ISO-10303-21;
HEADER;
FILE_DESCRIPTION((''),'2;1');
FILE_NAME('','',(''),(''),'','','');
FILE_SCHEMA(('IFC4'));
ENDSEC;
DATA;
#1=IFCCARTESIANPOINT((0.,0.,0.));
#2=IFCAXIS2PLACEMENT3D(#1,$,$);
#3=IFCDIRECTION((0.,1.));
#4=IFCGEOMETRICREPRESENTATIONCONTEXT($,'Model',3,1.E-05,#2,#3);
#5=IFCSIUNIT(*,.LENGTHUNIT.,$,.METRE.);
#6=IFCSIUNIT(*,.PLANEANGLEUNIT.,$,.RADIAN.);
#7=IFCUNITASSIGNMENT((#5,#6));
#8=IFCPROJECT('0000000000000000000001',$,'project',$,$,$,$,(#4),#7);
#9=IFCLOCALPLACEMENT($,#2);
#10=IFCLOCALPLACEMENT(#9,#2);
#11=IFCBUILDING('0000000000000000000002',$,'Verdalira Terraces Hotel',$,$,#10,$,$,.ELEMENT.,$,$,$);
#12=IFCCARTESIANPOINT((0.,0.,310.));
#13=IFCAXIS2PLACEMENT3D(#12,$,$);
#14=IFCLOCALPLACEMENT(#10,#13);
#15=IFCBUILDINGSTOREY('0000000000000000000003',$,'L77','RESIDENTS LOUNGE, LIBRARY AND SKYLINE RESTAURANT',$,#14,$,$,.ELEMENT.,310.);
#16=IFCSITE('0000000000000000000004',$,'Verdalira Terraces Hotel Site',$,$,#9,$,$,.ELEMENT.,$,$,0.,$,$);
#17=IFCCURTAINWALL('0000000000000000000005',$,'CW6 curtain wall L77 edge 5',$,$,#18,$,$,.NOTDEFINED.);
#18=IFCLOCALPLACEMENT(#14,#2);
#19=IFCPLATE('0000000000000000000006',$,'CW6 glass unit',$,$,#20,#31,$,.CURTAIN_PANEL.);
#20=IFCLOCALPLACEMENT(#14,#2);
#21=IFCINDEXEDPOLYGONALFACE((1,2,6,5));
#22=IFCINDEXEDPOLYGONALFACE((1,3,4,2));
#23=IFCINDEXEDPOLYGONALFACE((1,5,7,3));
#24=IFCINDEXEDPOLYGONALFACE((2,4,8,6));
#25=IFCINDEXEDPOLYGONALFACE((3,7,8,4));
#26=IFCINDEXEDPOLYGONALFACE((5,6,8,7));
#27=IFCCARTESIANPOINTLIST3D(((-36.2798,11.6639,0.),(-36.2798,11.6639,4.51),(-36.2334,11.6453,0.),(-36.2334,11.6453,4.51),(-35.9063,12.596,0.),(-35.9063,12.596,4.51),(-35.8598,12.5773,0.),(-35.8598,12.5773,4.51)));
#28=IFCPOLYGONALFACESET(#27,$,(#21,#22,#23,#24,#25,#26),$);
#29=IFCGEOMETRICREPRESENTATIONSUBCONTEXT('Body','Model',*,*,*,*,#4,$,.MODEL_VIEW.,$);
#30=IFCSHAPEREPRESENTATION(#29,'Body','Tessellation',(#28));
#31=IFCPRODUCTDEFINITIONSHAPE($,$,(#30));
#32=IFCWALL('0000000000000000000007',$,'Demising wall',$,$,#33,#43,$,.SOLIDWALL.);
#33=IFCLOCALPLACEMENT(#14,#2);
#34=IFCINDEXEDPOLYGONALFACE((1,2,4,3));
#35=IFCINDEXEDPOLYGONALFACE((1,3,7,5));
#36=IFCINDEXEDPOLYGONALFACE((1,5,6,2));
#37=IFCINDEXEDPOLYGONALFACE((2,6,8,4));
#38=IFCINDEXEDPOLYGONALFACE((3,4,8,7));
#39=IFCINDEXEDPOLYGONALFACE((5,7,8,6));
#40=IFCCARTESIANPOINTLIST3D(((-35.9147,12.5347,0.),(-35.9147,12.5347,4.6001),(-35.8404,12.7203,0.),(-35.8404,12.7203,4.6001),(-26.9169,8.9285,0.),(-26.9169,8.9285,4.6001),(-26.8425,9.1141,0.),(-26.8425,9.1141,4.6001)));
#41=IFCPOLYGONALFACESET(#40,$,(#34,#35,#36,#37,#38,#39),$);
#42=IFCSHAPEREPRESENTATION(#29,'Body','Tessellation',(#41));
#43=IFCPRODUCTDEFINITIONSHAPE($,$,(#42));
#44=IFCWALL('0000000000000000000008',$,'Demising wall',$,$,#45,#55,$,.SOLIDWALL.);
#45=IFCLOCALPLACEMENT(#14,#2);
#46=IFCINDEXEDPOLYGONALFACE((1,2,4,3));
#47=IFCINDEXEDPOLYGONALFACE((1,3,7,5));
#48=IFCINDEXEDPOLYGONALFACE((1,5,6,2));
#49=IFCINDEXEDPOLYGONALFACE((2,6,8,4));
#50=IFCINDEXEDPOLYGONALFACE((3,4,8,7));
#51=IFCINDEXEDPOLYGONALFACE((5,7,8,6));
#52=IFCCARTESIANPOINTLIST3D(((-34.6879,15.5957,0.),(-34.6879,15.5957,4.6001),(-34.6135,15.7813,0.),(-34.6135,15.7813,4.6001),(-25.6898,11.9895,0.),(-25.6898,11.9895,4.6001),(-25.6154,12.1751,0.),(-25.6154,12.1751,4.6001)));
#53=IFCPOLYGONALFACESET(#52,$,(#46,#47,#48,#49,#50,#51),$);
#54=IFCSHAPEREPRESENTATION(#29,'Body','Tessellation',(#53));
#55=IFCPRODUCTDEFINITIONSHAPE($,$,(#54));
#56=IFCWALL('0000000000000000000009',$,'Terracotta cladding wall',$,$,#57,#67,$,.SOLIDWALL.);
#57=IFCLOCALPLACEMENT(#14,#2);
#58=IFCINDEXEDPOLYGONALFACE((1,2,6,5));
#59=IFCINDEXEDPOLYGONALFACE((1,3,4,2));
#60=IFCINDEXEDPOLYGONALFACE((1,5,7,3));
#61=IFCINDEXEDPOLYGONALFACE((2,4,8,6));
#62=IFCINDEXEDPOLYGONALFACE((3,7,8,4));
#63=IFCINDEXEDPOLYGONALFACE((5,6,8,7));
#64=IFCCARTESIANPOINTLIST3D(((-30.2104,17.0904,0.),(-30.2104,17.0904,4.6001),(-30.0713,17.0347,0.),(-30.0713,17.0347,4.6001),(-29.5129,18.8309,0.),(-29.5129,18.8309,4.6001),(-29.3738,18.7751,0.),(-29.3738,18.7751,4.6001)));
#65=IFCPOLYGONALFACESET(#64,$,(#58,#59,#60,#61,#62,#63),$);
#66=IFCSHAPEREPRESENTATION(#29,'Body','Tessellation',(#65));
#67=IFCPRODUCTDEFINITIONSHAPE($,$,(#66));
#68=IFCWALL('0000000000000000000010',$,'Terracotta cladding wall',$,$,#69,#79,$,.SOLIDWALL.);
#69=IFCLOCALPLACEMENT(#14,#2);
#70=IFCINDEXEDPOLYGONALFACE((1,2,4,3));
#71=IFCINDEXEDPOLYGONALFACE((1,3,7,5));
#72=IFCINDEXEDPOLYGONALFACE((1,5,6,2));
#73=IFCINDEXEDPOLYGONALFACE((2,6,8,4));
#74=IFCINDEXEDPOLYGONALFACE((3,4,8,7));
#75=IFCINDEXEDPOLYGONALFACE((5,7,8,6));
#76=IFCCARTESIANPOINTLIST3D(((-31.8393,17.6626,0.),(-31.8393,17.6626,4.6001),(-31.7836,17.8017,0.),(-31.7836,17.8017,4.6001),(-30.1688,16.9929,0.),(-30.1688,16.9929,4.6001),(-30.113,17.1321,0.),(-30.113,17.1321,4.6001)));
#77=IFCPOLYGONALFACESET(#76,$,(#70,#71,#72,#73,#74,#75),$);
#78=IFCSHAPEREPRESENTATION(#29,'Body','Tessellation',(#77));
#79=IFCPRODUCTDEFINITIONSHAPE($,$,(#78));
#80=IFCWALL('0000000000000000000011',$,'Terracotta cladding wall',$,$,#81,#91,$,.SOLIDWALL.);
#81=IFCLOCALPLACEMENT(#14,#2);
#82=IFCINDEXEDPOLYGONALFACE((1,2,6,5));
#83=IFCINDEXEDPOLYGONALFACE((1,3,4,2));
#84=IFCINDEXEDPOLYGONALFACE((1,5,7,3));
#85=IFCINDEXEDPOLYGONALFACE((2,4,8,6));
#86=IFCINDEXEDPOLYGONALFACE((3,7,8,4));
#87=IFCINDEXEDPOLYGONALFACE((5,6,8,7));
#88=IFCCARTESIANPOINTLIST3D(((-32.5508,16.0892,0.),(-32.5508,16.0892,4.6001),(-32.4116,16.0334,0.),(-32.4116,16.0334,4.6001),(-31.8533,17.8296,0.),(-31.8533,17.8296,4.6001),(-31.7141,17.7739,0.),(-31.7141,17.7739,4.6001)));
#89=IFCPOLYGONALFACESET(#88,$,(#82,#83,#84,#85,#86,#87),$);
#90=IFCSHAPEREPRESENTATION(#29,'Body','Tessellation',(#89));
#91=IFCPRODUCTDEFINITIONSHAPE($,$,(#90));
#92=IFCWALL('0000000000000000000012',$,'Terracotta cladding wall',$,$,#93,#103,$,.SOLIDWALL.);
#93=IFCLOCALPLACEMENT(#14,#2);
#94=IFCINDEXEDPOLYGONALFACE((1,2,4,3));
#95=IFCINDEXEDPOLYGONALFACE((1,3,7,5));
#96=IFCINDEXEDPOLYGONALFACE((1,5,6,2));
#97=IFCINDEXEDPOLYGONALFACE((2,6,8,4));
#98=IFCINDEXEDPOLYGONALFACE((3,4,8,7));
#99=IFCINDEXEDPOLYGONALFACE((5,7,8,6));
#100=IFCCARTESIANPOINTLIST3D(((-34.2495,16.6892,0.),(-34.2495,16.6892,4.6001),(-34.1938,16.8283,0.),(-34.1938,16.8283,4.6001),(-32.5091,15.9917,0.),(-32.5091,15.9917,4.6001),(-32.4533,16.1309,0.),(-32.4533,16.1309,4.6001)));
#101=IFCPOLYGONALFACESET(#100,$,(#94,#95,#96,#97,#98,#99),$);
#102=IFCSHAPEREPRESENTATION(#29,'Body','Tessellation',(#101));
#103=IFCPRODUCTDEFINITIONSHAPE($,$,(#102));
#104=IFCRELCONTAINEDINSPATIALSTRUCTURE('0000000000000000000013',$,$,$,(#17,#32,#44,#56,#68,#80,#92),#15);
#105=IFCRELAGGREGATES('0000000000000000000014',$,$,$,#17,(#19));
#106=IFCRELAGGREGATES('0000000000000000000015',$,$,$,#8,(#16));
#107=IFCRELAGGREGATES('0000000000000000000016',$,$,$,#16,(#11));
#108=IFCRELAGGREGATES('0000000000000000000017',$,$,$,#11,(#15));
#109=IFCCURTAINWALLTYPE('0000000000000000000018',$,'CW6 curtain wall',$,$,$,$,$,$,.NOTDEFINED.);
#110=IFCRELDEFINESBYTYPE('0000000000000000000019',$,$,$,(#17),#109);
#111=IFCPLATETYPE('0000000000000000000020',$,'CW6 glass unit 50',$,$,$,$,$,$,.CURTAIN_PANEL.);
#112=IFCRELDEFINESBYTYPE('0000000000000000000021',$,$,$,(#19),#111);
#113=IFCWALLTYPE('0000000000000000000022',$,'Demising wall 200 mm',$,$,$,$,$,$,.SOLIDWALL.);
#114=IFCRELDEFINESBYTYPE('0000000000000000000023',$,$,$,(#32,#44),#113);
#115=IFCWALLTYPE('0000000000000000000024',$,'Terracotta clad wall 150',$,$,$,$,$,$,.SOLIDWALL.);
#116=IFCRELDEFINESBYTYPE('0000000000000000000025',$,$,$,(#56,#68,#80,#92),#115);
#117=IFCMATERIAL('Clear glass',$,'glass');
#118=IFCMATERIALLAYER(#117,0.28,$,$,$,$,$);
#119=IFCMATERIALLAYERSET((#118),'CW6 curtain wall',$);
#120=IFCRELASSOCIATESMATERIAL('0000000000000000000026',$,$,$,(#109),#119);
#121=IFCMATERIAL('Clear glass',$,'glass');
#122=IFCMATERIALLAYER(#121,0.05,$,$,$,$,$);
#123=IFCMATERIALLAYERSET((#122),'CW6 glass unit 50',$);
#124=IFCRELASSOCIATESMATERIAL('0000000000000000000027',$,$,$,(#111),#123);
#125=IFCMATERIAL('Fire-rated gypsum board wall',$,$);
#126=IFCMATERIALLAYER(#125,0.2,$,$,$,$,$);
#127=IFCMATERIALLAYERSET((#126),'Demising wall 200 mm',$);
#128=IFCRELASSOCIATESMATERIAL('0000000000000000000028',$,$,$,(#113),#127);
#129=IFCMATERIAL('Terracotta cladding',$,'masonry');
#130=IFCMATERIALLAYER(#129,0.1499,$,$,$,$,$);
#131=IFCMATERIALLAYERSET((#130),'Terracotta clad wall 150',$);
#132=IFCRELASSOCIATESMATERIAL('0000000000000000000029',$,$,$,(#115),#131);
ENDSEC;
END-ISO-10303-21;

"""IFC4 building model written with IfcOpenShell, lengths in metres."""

from ifc_helpers import new_model, si_unit, direction, frame, frame_2d, origin, origin_2d, place, context, subcontext, project, spatial, rectangle, extrude, material, layer, layer_set, type_object, element, aggregate, save


model = new_model("IFC4")

# Units and contexts
model_context = context("Model", 3, precision=1e-05, world=origin(), true_north=direction((0.0, 1.0)))
body_context = subcontext(model_context, "Body", "Model", "MODEL_VIEW")
ifc_project = project(units=[si_unit("LENGTHUNIT", "METRE"), si_unit("PLANEANGLEUNIT", "RADIAN")], contexts=[model_context])

# Site, building, storey
site_placement = place(None, origin())
site = spatial("IfcSite", under=ifc_project, at=site_placement, Name="Verdalira Terraces Hotel Site", CompositionType="ELEMENT", RefElevation=0.0)
building_placement = place(site_placement, origin())
building = spatial("IfcBuilding", under=site, at=building_placement, Name="Verdalira Terraces Hotel", CompositionType="ELEMENT")
storey_placement = place(building_placement, frame((0.0, 0.0, 310.0)))
storey = spatial("IfcBuildingStorey", under=building, at=storey_placement, Name="L77", Description="RESIDENTS LOUNGE, LIBRARY AND SKYLINE RESTAURANT", CompositionType="ELEMENT", Elevation=310.0)

# Shared definitions
ifc_material_1 = material(Name="Clear glass", Category="glass")
ifc_layer_1 = layer(ifc_material_1, 0.28)
ifc_layer_set_1 = layer_set([ifc_layer_1], Name="CW6 curtain wall")
curtain_wall_type = type_object("IfcCurtainWallType", Name="CW6 curtain wall", PredefinedType="NOTDEFINED", material=ifc_layer_set_1)

# Curtain wall
curtain_wall_1_placement = place(storey_placement, origin())
curtain_wall_1 = element("IfcCurtainWall", 1, at=curtain_wall_1_placement, inside=storey, type_object=curtain_wall_type, Name="CW6 curtain wall L77 edge 5", PredefinedType="NOTDEFINED")

# Plate
ifc_material_2 = material(Name="Clear glass", Category="glass")
ifc_layer_2 = layer(ifc_material_2, 0.05)
ifc_layer_set_2 = layer_set([ifc_layer_2], Name="CW6 glass unit 50")
plate_type = type_object("IfcPlateType", Name="CW6 glass unit 50", PredefinedType="CURTAIN_PANEL", material=ifc_layer_set_2)
plate_1_placement = place(storey_placement, frame((-36.0698, 12.1206, 0.0), z_axis=(0.0, 0.0, 1.0), x_axis=(-0.372016, -0.928226, 0.0)))
plate_1 = element("IfcPlate", 2, at=plate_1_placement, type_object=plate_type, Name="CW6 glass unit", PredefinedType="CURTAIN_PANEL", context=body_context, shape_type="SweptSolid", body=[
    extrude(rectangle(XDim=1.0042, YDim=0.05, at=origin_2d()), origin(), (0.0, 0.0, 1.0), 4.51),
])
aggregate(curtain_wall_1, [plate_1])

# Walls
ifc_material_3 = material(Name="Fire-rated gypsum board wall")
ifc_layer_3 = layer(ifc_material_3, 0.2)
ifc_layer_set_3 = layer_set([ifc_layer_3], Name="Demising wall 200 mm")
wall_type_1 = type_object("IfcWallType", Name="Demising wall 200 mm", PredefinedType="SOLIDWALL", material=ifc_layer_set_3)
wall_1_placement = place(storey_placement, frame((-35.8774, 12.6274, 0.0), z_axis=(0.0, 0.0, 1.0), x_axis=(0.928225, -0.37202, 0.0)))
element("IfcWall", 3, at=wall_1_placement, inside=storey, type_object=wall_type_1, Name="Demising wall", PredefinedType="SOLIDWALL", context=body_context, shape_type="SweptSolid", body=[
    extrude(rectangle(XDim=9.6936, YDim=0.2, at=frame_2d((4.8467, 0.0))), origin(), (0.0, 0.0, 1.0), 4.6001),
])
wall_2_placement = place(storey_placement, frame((-25.6526, 12.0823, 0.0), z_axis=(0.0, 0.0, 1.0), x_axis=(-0.928228, 0.372012, 0.0)))
element("IfcWall", 4, at=wall_2_placement, inside=storey, type_object=wall_type_1, Name="Demising wall", PredefinedType="SOLIDWALL", context=body_context, shape_type="SweptSolid", body=[
    extrude(rectangle(XDim=9.6938, YDim=0.2, at=frame_2d((4.8469, 0.0))), origin(), (0.0, 0.0, 1.0), 4.6001),
])
ifc_material_4 = material(Name="Terracotta cladding", Category="masonry")
ifc_layer_4 = layer(ifc_material_4, 0.1499)
ifc_layer_set_4 = layer_set([ifc_layer_4], Name="Terracotta clad wall 150")
wall_type_2 = type_object("IfcWallType", Name="Terracotta clad wall 150", PredefinedType="SOLIDWALL", material=ifc_layer_set_4)
wall_3_placement = place(storey_placement, frame((-29.4434, 18.803, 0.0), z_axis=(0.0, 0.0, 1.0), x_axis=(-0.371997, -0.928234, 0.0)))
element("IfcWall", 5, at=wall_3_placement, inside=storey, type_object=wall_type_2, Name="Terracotta cladding wall", PredefinedType="SOLIDWALL", context=body_context, shape_type="SweptSolid", body=[
    extrude(rectangle(XDim=1.875, YDim=0.1499, at=frame_2d((0.9375, 0.0))), origin(), (0.0, 0.0, 1.0), 4.6001),
])
wall_4_placement = place(storey_placement, frame((-30.1409, 17.0625, 0.0), z_axis=(0.0, 0.0, 1.0), x_axis=(-0.928205, 0.372069, 0.0)))
element("IfcWall", 6, at=wall_4_placement, inside=storey, type_object=wall_type_2, Name="Terracotta cladding wall", PredefinedType="SOLIDWALL", context=body_context, shape_type="SweptSolid", body=[
    extrude(rectangle(XDim=1.7998, YDim=0.1499, at=frame_2d((0.8999, 0.0))), origin(), (0.0, 0.0, 1.0), 4.6001),
])
for number, where, z_axis, x_axis, name in (
    (7, (-31.7837, 17.8018, 0.0), (0.0, 0.0, 1.0), (-0.371997, -0.928234, 0.0), "Terracotta cladding wall"),
    (8, (-32.4812, 16.0613, 0.0), (0.0, 0.0, 1.0), (-0.928234, 0.371997, 0.0), "Terracotta cladding wall"),
):
    element("IfcWall", number, at=place(storey_placement, frame(where, z_axis=z_axis, x_axis=x_axis)), inside=storey, type_object=wall_type_2, Name=name, PredefinedType="SOLIDWALL", context=body_context, shape_type="SweptSolid", body=[
        extrude(rectangle(XDim=1.875, YDim=0.1499, at=frame_2d((0.9375, 0.0))), origin(), (0.0, 0.0, 1.0), 4.6001),
    ])

save(model, "model.ifc")
